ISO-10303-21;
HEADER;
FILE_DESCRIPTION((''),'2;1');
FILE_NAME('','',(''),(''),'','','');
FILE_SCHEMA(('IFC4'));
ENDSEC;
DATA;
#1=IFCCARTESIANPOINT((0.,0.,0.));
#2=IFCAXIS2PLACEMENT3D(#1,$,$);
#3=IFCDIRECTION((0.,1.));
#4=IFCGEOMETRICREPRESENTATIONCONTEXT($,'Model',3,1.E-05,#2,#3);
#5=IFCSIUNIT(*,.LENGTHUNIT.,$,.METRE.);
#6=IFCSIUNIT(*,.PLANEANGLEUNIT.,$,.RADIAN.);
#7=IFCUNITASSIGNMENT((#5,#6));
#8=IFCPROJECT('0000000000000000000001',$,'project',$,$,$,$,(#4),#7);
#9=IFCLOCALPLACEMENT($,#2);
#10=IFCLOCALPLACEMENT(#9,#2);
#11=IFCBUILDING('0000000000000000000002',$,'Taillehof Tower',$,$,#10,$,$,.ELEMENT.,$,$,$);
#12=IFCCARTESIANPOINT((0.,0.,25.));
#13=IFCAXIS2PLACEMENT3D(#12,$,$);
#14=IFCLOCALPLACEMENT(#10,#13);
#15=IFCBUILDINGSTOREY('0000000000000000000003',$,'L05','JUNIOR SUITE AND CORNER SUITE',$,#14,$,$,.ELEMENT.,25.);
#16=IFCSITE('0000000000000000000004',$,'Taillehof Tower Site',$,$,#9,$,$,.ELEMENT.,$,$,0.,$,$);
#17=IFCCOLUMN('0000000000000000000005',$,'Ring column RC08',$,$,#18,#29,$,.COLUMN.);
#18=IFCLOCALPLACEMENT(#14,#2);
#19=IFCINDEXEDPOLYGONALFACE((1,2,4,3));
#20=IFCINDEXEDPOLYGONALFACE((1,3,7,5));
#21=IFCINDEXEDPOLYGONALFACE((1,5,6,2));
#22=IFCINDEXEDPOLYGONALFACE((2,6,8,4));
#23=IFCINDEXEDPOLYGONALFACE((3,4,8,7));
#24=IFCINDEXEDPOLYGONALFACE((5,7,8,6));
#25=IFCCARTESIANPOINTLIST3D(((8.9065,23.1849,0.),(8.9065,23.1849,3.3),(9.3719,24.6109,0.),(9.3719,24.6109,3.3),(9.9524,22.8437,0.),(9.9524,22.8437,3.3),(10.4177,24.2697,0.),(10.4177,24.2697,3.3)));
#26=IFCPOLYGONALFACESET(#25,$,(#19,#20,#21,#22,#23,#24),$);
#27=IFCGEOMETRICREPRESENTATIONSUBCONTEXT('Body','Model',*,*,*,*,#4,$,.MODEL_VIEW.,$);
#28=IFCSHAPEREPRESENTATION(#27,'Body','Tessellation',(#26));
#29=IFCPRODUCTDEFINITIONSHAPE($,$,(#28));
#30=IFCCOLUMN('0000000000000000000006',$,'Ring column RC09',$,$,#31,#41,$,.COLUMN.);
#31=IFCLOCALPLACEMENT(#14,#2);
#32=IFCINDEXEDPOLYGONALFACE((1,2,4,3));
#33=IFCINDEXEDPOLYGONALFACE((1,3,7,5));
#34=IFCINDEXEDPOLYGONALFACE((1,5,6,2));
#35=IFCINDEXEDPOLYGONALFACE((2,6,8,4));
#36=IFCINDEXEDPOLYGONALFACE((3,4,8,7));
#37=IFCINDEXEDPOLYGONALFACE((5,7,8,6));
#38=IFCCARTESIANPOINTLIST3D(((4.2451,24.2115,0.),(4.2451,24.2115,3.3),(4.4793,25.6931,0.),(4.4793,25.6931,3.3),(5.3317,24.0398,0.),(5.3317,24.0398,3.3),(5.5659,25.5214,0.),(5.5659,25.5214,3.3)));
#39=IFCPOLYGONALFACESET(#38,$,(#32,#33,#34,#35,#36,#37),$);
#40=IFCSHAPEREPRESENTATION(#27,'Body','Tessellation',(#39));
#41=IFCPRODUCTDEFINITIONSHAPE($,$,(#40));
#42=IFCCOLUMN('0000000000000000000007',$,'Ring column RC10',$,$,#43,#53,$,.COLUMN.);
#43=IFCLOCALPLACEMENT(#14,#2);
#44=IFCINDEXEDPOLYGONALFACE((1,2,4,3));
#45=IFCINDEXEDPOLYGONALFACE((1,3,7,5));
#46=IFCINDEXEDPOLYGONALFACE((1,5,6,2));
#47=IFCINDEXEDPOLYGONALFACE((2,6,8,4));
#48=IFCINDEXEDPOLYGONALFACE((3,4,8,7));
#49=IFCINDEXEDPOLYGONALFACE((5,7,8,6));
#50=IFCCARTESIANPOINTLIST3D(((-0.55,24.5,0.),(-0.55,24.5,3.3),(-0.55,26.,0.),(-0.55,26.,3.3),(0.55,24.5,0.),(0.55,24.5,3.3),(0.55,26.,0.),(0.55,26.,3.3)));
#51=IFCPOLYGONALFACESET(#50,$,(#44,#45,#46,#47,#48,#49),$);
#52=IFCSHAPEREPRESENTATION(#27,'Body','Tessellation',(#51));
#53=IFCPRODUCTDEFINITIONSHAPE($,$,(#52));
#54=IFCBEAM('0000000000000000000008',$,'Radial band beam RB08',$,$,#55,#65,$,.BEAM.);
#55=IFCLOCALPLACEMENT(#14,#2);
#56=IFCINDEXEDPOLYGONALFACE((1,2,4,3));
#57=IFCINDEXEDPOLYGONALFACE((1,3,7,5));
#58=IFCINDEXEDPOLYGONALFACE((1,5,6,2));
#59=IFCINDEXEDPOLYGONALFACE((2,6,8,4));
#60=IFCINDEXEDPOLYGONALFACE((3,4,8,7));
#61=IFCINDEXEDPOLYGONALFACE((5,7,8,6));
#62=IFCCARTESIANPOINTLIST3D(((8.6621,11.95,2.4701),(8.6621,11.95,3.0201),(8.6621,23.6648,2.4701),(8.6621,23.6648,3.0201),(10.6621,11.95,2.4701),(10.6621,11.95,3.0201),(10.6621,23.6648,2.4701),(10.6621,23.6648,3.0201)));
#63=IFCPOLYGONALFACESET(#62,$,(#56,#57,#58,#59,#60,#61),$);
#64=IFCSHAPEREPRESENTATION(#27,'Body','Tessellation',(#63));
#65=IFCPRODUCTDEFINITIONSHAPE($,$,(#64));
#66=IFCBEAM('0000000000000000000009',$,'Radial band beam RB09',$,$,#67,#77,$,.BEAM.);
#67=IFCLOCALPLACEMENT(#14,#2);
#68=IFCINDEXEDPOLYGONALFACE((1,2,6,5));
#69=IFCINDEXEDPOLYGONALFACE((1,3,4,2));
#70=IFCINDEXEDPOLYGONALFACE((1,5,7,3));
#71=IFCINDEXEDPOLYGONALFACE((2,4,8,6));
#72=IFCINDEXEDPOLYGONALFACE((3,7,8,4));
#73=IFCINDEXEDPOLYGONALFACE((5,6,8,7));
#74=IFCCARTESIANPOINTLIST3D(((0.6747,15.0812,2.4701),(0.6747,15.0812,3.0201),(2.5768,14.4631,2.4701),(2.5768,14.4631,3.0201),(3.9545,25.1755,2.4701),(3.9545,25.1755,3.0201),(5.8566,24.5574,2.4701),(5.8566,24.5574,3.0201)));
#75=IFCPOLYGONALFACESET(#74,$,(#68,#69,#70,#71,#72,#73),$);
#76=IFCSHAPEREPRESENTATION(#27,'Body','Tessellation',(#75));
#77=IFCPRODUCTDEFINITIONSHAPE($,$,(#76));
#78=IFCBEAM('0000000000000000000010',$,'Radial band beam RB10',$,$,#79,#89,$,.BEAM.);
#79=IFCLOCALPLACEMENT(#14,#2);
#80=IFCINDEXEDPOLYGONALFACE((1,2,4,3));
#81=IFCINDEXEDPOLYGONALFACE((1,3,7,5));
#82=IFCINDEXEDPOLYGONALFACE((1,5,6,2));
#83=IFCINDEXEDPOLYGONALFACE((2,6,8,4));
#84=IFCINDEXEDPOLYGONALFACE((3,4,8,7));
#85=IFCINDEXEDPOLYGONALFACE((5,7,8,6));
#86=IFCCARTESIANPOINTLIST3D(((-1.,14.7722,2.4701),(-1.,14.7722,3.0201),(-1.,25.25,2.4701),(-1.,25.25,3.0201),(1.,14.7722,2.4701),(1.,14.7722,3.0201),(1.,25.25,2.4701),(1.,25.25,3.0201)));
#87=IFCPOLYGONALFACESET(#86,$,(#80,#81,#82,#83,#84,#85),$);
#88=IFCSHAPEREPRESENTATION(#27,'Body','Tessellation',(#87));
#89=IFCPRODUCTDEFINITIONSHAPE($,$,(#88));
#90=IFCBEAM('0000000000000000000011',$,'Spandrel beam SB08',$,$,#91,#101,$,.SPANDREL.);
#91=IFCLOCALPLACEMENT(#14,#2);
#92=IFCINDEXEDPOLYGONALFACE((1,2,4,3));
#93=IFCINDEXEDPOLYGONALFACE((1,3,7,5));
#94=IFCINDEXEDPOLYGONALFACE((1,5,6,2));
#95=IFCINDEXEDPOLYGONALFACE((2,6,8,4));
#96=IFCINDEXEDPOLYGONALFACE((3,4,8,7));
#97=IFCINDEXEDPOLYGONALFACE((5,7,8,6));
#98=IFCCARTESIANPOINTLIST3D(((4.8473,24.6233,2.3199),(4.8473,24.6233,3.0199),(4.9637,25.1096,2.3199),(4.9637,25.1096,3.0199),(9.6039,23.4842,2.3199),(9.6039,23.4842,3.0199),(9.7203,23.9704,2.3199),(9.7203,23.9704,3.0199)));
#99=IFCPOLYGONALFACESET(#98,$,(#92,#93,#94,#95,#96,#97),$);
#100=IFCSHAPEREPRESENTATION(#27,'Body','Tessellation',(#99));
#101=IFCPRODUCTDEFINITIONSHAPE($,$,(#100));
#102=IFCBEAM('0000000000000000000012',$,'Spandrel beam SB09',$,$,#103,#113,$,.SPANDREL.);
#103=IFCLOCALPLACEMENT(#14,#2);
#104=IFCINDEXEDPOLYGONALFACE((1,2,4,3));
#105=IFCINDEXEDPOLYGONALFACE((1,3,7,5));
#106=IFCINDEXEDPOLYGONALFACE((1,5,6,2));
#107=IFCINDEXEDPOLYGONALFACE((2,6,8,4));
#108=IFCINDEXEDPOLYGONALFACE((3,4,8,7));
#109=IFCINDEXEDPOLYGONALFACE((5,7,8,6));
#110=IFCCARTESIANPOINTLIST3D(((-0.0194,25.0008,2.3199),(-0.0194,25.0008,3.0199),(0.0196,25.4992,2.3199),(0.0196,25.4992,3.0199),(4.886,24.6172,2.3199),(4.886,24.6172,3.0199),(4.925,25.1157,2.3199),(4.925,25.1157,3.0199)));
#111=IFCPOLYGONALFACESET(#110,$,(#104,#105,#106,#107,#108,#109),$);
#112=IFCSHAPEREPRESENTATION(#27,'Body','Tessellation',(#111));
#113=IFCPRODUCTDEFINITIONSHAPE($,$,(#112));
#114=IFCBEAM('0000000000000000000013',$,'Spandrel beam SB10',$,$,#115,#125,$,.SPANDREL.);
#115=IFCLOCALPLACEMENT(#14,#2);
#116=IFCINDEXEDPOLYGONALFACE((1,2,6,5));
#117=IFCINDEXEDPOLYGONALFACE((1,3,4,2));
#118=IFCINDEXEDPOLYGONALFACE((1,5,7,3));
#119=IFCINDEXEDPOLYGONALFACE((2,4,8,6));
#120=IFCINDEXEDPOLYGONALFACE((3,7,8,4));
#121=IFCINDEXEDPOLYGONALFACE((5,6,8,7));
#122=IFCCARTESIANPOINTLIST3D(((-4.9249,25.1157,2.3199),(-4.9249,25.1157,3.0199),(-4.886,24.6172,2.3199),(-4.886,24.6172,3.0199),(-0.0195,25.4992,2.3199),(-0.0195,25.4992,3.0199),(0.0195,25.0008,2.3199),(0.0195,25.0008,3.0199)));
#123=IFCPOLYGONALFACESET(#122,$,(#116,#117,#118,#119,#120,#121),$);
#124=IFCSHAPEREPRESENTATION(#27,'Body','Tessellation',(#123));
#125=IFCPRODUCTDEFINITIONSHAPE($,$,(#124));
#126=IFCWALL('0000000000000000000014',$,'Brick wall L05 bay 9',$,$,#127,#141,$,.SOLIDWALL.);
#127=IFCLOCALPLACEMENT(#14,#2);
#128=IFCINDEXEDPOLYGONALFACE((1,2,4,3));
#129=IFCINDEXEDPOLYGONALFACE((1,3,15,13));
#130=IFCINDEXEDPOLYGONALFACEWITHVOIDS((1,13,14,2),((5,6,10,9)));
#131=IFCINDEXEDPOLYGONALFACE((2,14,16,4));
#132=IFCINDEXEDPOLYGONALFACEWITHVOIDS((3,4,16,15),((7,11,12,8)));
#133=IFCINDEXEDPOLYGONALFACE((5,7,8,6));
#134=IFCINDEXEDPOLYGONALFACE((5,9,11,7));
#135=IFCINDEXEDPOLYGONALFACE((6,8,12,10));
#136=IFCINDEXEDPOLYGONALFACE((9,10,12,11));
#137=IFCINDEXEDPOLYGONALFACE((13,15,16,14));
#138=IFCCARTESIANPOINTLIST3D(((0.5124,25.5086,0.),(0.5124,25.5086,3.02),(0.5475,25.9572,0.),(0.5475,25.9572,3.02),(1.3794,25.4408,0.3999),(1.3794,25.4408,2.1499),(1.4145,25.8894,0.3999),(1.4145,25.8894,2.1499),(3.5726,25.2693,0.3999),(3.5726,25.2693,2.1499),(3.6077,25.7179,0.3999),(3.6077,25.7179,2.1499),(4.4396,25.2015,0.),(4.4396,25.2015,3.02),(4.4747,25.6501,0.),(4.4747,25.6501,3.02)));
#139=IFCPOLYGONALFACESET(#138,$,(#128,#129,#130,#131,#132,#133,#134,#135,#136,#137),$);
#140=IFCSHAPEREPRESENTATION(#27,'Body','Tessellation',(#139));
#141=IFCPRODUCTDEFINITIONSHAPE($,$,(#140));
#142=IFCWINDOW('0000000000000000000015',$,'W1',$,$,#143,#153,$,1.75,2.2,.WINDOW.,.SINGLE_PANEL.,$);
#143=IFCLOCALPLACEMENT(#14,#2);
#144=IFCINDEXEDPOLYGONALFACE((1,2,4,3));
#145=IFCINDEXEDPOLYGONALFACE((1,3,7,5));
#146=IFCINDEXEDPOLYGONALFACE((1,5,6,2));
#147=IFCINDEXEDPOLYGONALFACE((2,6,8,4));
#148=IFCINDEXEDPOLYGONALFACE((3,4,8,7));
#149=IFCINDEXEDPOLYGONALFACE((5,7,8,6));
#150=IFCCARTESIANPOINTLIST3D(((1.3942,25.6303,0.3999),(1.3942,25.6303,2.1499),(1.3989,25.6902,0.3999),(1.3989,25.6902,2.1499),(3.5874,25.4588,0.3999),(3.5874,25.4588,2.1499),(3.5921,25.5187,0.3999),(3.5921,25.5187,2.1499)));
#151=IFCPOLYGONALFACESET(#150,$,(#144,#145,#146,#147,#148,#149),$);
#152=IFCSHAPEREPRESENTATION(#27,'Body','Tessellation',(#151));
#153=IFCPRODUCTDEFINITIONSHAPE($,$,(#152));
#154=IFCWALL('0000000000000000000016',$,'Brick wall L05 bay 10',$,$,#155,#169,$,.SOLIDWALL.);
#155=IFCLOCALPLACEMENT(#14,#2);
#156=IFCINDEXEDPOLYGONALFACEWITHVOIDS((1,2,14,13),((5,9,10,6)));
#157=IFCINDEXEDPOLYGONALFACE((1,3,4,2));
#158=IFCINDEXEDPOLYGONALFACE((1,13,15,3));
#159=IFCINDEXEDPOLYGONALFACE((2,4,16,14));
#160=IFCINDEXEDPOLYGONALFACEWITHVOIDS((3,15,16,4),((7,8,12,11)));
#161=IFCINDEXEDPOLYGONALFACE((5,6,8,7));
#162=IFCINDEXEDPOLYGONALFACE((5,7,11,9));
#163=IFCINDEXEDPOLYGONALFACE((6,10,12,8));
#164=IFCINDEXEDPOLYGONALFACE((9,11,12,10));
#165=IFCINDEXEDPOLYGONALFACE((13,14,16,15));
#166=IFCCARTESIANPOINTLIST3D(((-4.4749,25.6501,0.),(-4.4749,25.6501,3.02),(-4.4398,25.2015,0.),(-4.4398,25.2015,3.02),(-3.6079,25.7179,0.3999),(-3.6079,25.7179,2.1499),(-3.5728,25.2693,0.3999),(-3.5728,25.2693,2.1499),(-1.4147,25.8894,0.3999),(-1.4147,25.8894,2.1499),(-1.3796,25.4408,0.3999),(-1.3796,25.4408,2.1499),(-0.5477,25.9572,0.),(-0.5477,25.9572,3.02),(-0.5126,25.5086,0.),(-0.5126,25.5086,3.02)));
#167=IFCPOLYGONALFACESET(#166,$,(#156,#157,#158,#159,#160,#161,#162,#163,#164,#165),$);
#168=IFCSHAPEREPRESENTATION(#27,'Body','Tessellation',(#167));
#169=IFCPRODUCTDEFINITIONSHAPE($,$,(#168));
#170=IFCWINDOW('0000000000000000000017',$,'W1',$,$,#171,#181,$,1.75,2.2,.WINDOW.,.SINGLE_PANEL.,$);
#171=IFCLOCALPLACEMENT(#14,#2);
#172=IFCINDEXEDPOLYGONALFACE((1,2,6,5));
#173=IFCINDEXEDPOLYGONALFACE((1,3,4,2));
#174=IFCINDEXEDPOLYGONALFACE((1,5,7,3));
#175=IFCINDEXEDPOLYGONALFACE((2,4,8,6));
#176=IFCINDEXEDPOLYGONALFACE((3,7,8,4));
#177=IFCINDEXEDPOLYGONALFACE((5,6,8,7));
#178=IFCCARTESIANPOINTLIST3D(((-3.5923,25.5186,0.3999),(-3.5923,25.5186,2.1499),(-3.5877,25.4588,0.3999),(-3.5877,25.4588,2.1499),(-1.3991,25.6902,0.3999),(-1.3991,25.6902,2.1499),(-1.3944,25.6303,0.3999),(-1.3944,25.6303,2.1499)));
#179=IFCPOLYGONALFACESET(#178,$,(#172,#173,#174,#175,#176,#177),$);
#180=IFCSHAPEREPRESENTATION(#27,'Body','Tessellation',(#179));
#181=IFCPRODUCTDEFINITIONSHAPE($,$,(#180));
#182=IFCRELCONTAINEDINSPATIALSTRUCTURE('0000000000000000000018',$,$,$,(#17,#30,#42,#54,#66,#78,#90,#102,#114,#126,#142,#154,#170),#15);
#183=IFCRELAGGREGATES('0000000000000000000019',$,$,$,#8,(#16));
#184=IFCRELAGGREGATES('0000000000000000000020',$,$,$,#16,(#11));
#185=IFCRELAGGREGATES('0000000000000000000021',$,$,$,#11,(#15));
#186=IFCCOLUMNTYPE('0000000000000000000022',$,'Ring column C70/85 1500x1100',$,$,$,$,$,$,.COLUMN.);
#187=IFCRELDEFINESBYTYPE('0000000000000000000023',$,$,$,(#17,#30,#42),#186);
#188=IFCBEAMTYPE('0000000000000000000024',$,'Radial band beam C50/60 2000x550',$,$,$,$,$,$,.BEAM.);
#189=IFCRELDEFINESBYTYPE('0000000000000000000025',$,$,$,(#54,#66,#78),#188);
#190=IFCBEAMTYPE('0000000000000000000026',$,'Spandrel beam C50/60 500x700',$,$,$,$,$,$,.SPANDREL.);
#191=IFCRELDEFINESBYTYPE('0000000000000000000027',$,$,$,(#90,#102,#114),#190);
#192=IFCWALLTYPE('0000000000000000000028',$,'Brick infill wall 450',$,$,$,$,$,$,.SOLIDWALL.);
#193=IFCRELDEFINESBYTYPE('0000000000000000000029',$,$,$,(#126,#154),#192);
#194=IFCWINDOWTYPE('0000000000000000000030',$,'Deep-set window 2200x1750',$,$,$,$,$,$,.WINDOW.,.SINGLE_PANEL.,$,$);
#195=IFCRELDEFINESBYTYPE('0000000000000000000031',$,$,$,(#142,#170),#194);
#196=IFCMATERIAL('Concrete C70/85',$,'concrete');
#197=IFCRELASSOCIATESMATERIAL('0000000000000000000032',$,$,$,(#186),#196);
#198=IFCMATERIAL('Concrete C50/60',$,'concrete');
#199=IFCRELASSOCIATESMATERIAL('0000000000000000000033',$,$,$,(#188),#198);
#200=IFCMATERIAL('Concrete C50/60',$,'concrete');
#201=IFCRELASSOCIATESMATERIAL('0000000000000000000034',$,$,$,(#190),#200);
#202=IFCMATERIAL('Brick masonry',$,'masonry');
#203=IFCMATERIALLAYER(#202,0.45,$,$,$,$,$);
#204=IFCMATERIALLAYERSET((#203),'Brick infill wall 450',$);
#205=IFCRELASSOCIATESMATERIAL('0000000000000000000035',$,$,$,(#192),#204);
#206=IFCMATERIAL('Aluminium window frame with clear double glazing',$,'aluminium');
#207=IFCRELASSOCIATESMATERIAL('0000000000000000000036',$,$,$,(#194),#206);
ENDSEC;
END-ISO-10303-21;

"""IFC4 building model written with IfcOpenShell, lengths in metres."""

from ifc_helpers import new_model, si_unit, direction, frame, frame_2d, origin, origin_2d, place, context, subcontext, project, spatial, rectangle, extrude, material, layer, layer_set, material_profile, profile_set, type_object, element, fill, save


model = new_model("IFC4")

# Units and contexts
model_context = context("Model", 3, precision=1e-05, world=origin(), true_north=direction((0.0, 1.0)))
body_context = subcontext(model_context, "Body", "Model", "MODEL_VIEW")
ifc_project = project(units=[si_unit("LENGTHUNIT", "METRE"), si_unit("PLANEANGLEUNIT", "RADIAN")], contexts=[model_context])

# Site, building, storey
site_placement = place(None, origin())
site = spatial("IfcSite", under=ifc_project, at=site_placement, Name="Taillehof Tower Site", CompositionType="ELEMENT", RefElevation=0.0)
building_placement = place(site_placement, origin())
building = spatial("IfcBuilding", under=site, at=building_placement, Name="Taillehof Tower", CompositionType="ELEMENT")
storey_placement = place(building_placement, frame((0.0, 0.0, 25.0)))
storey = spatial("IfcBuildingStorey", under=building, at=storey_placement, Name="L05", Description="JUNIOR SUITE AND CORNER SUITE", CompositionType="ELEMENT", Elevation=25.0)

# Columns
ifc_material_1 = material(Name="Concrete C70/85", Category="concrete")
ifc_material_profile_1 = material_profile(ifc_material_1, rectangle(XDim=1.5, YDim=1.1001, at=origin_2d()), Name="RC 1500x1100")
ifc_profile_set_1 = profile_set([ifc_material_profile_1], Name="Concrete C70/85")
column_type = type_object("IfcColumnType", Name="Ring column C70/85 1500x1100", PredefinedType="COLUMN", material=ifc_profile_set_1)
for number, where, z_axis, x_axis, name in (
    (1, (9.6621, 23.7273, 0.0), (0.0, 0.0, 1.0), (0.310219, 0.950665, 0.0), "Ring column RC08"),
    (2, (4.9055, 24.8665, 0.0), (0.0, 0.0, 1.0), (0.156147, 0.987734, 0.0), "Ring column RC09"),
    (3, (0.0, 25.25, 0.0), (0.0, 0.0, 1.0), (0.0, 1.0, 0.0), "Ring column RC10"),
):
    element("IfcColumn", number, at=place(storey_placement, frame(where, z_axis=z_axis, x_axis=x_axis)), inside=storey, type_object=column_type, Name=name, PredefinedType="COLUMN", context=body_context, shape_type="SweptSolid", body=[
        extrude(rectangle(XDim=1.5, YDim=1.1001, at=origin_2d()), origin(), (0.0, 0.0, 1.0), 3.3),
    ])

# Beams
ifc_material_2 = material(Name="Concrete C50/60", Category="concrete")
ifc_material_profile_2 = material_profile(ifc_material_2, rectangle(XDim=2.0, YDim=0.55, at=origin_2d()), Name="RC 2000x550")
ifc_profile_set_2 = profile_set([ifc_material_profile_2], Name="Concrete C50/60")
beam_type_1 = type_object("IfcBeamType", Name="Radial band beam C50/60 2000x550", PredefinedType="BEAM", material=ifc_profile_set_2)
beam_1_placement = place(storey_placement, frame((9.6621, 23.6648, 2.7451), z_axis=(0.0, -1.0, 0.0), x_axis=(1.0, 0.0, 0.0)))
element("IfcBeam", 4, at=beam_1_placement, inside=storey, type_object=beam_type_1, Name="Radial band beam RB08", PredefinedType="BEAM", context=body_context, shape_type="SweptSolid", body=[
    extrude(rectangle(XDim=2.0, YDim=0.55, at=origin_2d()), origin(), (0.0, 0.0, 1.0), 11.7148),
])
beam_2_placement = place(storey_placement, frame((4.9055, 24.8665, 2.7451), z_axis=(-0.309014, -0.951057, 0.0), x_axis=(0.951057, -0.309014, 0.0)))
element("IfcBeam", 5, at=beam_2_placement, inside=storey, type_object=beam_type_1, Name="Radial band beam RB09", PredefinedType="BEAM", context=body_context, shape_type="SweptSolid", body=[
    extrude(rectangle(XDim=2.0, YDim=0.55, at=origin_2d()), origin(), (0.0, 0.0, 1.0), 10.6138),
])
beam_3_placement = place(storey_placement, frame((0.0, 25.25, 2.7451), z_axis=(0.0, -1.0, 0.0), x_axis=(1.0, 0.0, 0.0)))
element("IfcBeam", 6, at=beam_3_placement, inside=storey, type_object=beam_type_1, Name="Radial band beam RB10", PredefinedType="BEAM", context=body_context, shape_type="SweptSolid", body=[
    extrude(rectangle(XDim=2.0, YDim=0.55, at=origin_2d()), origin(), (0.0, 0.0, 1.0), 10.4778),
])
ifc_material_3 = material(Name="Concrete C50/60", Category="concrete")
ifc_material_profile_3 = material_profile(ifc_material_3, rectangle(XDim=0.5, YDim=0.7, at=origin_2d()), Name="RC 500x700")
ifc_profile_set_3 = profile_set([ifc_material_profile_3], Name="Concrete C50/60")
beam_type_2 = type_object("IfcBeamType", Name="Spandrel beam C50/60 500x700", PredefinedType="SPANDREL", material=ifc_profile_set_3)
beam_4_placement = place(storey_placement, frame((9.6621, 23.7273, 2.6699), z_axis=(-0.9725, 0.232905, 0.0), x_axis=(-0.232905, -0.9725, 0.0)))
element("IfcBeam", 7, at=beam_4_placement, inside=storey, type_object=beam_type_2, Name="Spandrel beam SB08", PredefinedType="SPANDREL", context=body_context, shape_type="SweptSolid", body=[
    extrude(rectangle(XDim=0.5, YDim=0.7, at=origin_2d()), origin(), (0.0, 0.0, 1.0), 4.8911),
])
for number, where, z_axis, x_axis, name in (
    (8, (4.9055, 24.8665, 2.6699), (-0.996957, 0.077949, 0.0), (-0.077949, -0.996957, 0.0), "Spandrel beam SB09"),
    (9, (0.0, 25.25, 2.6699), (-0.996957, -0.077949, 0.0), (0.077949, -0.996957, 0.0), "Spandrel beam SB10"),
):
    element("IfcBeam", number, at=place(storey_placement, frame(where, z_axis=z_axis, x_axis=x_axis)), inside=storey, type_object=beam_type_2, Name=name, PredefinedType="SPANDREL", context=body_context, shape_type="SweptSolid", body=[
        extrude(rectangle(XDim=0.5, YDim=0.7, at=origin_2d()), origin(), (0.0, 0.0, 1.0), 4.9204),
    ])

# Walls, openings, windows
ifc_material_4 = material(Name="Brick masonry", Category="masonry")
ifc_layer_1 = layer(ifc_material_4, 0.45)
ifc_layer_set_1 = layer_set([ifc_layer_1], Name="Brick infill wall 450")
wall_type_1 = type_object("IfcWallType", Name="Brick infill wall 450", PredefinedType="SOLIDWALL", material=ifc_layer_set_1)
wall_1_placement = place(storey_placement, frame((4.4573, 25.4258, 0.0), z_axis=(0.0, 0.0, 1.0), x_axis=(-0.996956, 0.077967, 0.0)))
wall_1 = element("IfcWall", 10, at=wall_1_placement, inside=storey, type_object=wall_type_1, Name="Brick wall L05 bay 9", PredefinedType="SOLIDWALL", context=body_context, shape_type="SweptSolid", body=[
    extrude(rectangle(XDim=3.9392, YDim=0.45, at=frame_2d((1.9697, 0.0))), origin(), (0.0, 0.0, 1.0), 3.02),
])
opening_1_placement = place(wall_1_placement, frame((0.8696, 0.0, 0.3999)))
opening_1 = element("IfcOpeningElement", 11, at=opening_1_placement, cuts=wall_1, PredefinedType="OPENING", context=body_context, shape_type="SweptSolid", body=[
    extrude(rectangle(XDim=2.2, YDim=1.75, at=frame_2d((1.1001, 0.875))), frame((0.0, 0.2349, 0.0), z_axis=(0.0, -1.0, 0.0), x_axis=(1.0, 0.0, 0.0)), (0.0, 0.0, 1.0), 0.47),
])
ifc_material_5 = material(Name="Aluminium window frame with clear double glazing", Category="aluminium")
window_type_1 = type_object("IfcWindowType", Name="Deep-set window 2200x1750", PartitioningType="SINGLE_PANEL", PredefinedType="WINDOW", material=ifc_material_5)
window_1_placement = place(opening_1_placement, origin())
window_1 = element("IfcWindow", 12, at=window_1_placement, inside=storey, type_object=window_type_1, Name="W1", OverallHeight=1.75, OverallWidth=2.2, PartitioningType="SINGLE_PANEL", PredefinedType="WINDOW", context=body_context, shape_type="SweptSolid", body=[
    extrude(rectangle(XDim=2.2, YDim=1.75, at=frame_2d((1.1001, 0.875))), frame((0.0, 0.0349, 0.0), z_axis=(0.0, -1.0, 0.0), x_axis=(1.0, 0.0, 0.0)), (0.0, 0.0, 1.0), 0.0601),
])
fill(opening_1, window_1)
wall_2_placement = place(storey_placement, frame((-0.53, 25.7329, 0.0), z_axis=(0.0, 0.0, 1.0), x_axis=(-0.996956, -0.077967, 0.0)))
wall_2 = element("IfcWall", 13, at=wall_2_placement, inside=storey, type_object=wall_type_1, Name="Brick wall L05 bay 10", PredefinedType="SOLIDWALL", context=body_context, shape_type="SweptSolid", body=[
    extrude(rectangle(XDim=3.9392, YDim=0.45, at=frame_2d((1.9697, 0.0))), origin(), (0.0, 0.0, 1.0), 3.02),
])
opening_2_placement = place(wall_2_placement, frame((0.8696, 0.0, 0.3999)))
opening_2 = element("IfcOpeningElement", 14, at=opening_2_placement, cuts=wall_2, PredefinedType="OPENING", context=body_context, shape_type="SweptSolid", body=[
    extrude(rectangle(XDim=2.2, YDim=1.75, at=frame_2d((1.1001, 0.875))), frame((0.0, 0.2349, 0.0), z_axis=(0.0, -1.0, 0.0), x_axis=(1.0, 0.0, 0.0)), (0.0, 0.0, 1.0), 0.47),
])
window_2_placement = place(opening_2_placement, origin())
window_2 = element("IfcWindow", 15, at=window_2_placement, inside=storey, type_object=window_type_1, Name="W1", OverallHeight=1.75, OverallWidth=2.2, PartitioningType="SINGLE_PANEL", PredefinedType="WINDOW", context=body_context, shape_type="SweptSolid", body=[
    extrude(rectangle(XDim=2.2, YDim=1.75, at=frame_2d((1.1001, 0.875))), frame((0.0, 0.0349, 0.0), z_axis=(0.0, -1.0, 0.0), x_axis=(1.0, 0.0, 0.0)), (0.0, 0.0, 1.0), 0.0601),
])
fill(opening_2, window_2)

save(model, "model.ifc")
